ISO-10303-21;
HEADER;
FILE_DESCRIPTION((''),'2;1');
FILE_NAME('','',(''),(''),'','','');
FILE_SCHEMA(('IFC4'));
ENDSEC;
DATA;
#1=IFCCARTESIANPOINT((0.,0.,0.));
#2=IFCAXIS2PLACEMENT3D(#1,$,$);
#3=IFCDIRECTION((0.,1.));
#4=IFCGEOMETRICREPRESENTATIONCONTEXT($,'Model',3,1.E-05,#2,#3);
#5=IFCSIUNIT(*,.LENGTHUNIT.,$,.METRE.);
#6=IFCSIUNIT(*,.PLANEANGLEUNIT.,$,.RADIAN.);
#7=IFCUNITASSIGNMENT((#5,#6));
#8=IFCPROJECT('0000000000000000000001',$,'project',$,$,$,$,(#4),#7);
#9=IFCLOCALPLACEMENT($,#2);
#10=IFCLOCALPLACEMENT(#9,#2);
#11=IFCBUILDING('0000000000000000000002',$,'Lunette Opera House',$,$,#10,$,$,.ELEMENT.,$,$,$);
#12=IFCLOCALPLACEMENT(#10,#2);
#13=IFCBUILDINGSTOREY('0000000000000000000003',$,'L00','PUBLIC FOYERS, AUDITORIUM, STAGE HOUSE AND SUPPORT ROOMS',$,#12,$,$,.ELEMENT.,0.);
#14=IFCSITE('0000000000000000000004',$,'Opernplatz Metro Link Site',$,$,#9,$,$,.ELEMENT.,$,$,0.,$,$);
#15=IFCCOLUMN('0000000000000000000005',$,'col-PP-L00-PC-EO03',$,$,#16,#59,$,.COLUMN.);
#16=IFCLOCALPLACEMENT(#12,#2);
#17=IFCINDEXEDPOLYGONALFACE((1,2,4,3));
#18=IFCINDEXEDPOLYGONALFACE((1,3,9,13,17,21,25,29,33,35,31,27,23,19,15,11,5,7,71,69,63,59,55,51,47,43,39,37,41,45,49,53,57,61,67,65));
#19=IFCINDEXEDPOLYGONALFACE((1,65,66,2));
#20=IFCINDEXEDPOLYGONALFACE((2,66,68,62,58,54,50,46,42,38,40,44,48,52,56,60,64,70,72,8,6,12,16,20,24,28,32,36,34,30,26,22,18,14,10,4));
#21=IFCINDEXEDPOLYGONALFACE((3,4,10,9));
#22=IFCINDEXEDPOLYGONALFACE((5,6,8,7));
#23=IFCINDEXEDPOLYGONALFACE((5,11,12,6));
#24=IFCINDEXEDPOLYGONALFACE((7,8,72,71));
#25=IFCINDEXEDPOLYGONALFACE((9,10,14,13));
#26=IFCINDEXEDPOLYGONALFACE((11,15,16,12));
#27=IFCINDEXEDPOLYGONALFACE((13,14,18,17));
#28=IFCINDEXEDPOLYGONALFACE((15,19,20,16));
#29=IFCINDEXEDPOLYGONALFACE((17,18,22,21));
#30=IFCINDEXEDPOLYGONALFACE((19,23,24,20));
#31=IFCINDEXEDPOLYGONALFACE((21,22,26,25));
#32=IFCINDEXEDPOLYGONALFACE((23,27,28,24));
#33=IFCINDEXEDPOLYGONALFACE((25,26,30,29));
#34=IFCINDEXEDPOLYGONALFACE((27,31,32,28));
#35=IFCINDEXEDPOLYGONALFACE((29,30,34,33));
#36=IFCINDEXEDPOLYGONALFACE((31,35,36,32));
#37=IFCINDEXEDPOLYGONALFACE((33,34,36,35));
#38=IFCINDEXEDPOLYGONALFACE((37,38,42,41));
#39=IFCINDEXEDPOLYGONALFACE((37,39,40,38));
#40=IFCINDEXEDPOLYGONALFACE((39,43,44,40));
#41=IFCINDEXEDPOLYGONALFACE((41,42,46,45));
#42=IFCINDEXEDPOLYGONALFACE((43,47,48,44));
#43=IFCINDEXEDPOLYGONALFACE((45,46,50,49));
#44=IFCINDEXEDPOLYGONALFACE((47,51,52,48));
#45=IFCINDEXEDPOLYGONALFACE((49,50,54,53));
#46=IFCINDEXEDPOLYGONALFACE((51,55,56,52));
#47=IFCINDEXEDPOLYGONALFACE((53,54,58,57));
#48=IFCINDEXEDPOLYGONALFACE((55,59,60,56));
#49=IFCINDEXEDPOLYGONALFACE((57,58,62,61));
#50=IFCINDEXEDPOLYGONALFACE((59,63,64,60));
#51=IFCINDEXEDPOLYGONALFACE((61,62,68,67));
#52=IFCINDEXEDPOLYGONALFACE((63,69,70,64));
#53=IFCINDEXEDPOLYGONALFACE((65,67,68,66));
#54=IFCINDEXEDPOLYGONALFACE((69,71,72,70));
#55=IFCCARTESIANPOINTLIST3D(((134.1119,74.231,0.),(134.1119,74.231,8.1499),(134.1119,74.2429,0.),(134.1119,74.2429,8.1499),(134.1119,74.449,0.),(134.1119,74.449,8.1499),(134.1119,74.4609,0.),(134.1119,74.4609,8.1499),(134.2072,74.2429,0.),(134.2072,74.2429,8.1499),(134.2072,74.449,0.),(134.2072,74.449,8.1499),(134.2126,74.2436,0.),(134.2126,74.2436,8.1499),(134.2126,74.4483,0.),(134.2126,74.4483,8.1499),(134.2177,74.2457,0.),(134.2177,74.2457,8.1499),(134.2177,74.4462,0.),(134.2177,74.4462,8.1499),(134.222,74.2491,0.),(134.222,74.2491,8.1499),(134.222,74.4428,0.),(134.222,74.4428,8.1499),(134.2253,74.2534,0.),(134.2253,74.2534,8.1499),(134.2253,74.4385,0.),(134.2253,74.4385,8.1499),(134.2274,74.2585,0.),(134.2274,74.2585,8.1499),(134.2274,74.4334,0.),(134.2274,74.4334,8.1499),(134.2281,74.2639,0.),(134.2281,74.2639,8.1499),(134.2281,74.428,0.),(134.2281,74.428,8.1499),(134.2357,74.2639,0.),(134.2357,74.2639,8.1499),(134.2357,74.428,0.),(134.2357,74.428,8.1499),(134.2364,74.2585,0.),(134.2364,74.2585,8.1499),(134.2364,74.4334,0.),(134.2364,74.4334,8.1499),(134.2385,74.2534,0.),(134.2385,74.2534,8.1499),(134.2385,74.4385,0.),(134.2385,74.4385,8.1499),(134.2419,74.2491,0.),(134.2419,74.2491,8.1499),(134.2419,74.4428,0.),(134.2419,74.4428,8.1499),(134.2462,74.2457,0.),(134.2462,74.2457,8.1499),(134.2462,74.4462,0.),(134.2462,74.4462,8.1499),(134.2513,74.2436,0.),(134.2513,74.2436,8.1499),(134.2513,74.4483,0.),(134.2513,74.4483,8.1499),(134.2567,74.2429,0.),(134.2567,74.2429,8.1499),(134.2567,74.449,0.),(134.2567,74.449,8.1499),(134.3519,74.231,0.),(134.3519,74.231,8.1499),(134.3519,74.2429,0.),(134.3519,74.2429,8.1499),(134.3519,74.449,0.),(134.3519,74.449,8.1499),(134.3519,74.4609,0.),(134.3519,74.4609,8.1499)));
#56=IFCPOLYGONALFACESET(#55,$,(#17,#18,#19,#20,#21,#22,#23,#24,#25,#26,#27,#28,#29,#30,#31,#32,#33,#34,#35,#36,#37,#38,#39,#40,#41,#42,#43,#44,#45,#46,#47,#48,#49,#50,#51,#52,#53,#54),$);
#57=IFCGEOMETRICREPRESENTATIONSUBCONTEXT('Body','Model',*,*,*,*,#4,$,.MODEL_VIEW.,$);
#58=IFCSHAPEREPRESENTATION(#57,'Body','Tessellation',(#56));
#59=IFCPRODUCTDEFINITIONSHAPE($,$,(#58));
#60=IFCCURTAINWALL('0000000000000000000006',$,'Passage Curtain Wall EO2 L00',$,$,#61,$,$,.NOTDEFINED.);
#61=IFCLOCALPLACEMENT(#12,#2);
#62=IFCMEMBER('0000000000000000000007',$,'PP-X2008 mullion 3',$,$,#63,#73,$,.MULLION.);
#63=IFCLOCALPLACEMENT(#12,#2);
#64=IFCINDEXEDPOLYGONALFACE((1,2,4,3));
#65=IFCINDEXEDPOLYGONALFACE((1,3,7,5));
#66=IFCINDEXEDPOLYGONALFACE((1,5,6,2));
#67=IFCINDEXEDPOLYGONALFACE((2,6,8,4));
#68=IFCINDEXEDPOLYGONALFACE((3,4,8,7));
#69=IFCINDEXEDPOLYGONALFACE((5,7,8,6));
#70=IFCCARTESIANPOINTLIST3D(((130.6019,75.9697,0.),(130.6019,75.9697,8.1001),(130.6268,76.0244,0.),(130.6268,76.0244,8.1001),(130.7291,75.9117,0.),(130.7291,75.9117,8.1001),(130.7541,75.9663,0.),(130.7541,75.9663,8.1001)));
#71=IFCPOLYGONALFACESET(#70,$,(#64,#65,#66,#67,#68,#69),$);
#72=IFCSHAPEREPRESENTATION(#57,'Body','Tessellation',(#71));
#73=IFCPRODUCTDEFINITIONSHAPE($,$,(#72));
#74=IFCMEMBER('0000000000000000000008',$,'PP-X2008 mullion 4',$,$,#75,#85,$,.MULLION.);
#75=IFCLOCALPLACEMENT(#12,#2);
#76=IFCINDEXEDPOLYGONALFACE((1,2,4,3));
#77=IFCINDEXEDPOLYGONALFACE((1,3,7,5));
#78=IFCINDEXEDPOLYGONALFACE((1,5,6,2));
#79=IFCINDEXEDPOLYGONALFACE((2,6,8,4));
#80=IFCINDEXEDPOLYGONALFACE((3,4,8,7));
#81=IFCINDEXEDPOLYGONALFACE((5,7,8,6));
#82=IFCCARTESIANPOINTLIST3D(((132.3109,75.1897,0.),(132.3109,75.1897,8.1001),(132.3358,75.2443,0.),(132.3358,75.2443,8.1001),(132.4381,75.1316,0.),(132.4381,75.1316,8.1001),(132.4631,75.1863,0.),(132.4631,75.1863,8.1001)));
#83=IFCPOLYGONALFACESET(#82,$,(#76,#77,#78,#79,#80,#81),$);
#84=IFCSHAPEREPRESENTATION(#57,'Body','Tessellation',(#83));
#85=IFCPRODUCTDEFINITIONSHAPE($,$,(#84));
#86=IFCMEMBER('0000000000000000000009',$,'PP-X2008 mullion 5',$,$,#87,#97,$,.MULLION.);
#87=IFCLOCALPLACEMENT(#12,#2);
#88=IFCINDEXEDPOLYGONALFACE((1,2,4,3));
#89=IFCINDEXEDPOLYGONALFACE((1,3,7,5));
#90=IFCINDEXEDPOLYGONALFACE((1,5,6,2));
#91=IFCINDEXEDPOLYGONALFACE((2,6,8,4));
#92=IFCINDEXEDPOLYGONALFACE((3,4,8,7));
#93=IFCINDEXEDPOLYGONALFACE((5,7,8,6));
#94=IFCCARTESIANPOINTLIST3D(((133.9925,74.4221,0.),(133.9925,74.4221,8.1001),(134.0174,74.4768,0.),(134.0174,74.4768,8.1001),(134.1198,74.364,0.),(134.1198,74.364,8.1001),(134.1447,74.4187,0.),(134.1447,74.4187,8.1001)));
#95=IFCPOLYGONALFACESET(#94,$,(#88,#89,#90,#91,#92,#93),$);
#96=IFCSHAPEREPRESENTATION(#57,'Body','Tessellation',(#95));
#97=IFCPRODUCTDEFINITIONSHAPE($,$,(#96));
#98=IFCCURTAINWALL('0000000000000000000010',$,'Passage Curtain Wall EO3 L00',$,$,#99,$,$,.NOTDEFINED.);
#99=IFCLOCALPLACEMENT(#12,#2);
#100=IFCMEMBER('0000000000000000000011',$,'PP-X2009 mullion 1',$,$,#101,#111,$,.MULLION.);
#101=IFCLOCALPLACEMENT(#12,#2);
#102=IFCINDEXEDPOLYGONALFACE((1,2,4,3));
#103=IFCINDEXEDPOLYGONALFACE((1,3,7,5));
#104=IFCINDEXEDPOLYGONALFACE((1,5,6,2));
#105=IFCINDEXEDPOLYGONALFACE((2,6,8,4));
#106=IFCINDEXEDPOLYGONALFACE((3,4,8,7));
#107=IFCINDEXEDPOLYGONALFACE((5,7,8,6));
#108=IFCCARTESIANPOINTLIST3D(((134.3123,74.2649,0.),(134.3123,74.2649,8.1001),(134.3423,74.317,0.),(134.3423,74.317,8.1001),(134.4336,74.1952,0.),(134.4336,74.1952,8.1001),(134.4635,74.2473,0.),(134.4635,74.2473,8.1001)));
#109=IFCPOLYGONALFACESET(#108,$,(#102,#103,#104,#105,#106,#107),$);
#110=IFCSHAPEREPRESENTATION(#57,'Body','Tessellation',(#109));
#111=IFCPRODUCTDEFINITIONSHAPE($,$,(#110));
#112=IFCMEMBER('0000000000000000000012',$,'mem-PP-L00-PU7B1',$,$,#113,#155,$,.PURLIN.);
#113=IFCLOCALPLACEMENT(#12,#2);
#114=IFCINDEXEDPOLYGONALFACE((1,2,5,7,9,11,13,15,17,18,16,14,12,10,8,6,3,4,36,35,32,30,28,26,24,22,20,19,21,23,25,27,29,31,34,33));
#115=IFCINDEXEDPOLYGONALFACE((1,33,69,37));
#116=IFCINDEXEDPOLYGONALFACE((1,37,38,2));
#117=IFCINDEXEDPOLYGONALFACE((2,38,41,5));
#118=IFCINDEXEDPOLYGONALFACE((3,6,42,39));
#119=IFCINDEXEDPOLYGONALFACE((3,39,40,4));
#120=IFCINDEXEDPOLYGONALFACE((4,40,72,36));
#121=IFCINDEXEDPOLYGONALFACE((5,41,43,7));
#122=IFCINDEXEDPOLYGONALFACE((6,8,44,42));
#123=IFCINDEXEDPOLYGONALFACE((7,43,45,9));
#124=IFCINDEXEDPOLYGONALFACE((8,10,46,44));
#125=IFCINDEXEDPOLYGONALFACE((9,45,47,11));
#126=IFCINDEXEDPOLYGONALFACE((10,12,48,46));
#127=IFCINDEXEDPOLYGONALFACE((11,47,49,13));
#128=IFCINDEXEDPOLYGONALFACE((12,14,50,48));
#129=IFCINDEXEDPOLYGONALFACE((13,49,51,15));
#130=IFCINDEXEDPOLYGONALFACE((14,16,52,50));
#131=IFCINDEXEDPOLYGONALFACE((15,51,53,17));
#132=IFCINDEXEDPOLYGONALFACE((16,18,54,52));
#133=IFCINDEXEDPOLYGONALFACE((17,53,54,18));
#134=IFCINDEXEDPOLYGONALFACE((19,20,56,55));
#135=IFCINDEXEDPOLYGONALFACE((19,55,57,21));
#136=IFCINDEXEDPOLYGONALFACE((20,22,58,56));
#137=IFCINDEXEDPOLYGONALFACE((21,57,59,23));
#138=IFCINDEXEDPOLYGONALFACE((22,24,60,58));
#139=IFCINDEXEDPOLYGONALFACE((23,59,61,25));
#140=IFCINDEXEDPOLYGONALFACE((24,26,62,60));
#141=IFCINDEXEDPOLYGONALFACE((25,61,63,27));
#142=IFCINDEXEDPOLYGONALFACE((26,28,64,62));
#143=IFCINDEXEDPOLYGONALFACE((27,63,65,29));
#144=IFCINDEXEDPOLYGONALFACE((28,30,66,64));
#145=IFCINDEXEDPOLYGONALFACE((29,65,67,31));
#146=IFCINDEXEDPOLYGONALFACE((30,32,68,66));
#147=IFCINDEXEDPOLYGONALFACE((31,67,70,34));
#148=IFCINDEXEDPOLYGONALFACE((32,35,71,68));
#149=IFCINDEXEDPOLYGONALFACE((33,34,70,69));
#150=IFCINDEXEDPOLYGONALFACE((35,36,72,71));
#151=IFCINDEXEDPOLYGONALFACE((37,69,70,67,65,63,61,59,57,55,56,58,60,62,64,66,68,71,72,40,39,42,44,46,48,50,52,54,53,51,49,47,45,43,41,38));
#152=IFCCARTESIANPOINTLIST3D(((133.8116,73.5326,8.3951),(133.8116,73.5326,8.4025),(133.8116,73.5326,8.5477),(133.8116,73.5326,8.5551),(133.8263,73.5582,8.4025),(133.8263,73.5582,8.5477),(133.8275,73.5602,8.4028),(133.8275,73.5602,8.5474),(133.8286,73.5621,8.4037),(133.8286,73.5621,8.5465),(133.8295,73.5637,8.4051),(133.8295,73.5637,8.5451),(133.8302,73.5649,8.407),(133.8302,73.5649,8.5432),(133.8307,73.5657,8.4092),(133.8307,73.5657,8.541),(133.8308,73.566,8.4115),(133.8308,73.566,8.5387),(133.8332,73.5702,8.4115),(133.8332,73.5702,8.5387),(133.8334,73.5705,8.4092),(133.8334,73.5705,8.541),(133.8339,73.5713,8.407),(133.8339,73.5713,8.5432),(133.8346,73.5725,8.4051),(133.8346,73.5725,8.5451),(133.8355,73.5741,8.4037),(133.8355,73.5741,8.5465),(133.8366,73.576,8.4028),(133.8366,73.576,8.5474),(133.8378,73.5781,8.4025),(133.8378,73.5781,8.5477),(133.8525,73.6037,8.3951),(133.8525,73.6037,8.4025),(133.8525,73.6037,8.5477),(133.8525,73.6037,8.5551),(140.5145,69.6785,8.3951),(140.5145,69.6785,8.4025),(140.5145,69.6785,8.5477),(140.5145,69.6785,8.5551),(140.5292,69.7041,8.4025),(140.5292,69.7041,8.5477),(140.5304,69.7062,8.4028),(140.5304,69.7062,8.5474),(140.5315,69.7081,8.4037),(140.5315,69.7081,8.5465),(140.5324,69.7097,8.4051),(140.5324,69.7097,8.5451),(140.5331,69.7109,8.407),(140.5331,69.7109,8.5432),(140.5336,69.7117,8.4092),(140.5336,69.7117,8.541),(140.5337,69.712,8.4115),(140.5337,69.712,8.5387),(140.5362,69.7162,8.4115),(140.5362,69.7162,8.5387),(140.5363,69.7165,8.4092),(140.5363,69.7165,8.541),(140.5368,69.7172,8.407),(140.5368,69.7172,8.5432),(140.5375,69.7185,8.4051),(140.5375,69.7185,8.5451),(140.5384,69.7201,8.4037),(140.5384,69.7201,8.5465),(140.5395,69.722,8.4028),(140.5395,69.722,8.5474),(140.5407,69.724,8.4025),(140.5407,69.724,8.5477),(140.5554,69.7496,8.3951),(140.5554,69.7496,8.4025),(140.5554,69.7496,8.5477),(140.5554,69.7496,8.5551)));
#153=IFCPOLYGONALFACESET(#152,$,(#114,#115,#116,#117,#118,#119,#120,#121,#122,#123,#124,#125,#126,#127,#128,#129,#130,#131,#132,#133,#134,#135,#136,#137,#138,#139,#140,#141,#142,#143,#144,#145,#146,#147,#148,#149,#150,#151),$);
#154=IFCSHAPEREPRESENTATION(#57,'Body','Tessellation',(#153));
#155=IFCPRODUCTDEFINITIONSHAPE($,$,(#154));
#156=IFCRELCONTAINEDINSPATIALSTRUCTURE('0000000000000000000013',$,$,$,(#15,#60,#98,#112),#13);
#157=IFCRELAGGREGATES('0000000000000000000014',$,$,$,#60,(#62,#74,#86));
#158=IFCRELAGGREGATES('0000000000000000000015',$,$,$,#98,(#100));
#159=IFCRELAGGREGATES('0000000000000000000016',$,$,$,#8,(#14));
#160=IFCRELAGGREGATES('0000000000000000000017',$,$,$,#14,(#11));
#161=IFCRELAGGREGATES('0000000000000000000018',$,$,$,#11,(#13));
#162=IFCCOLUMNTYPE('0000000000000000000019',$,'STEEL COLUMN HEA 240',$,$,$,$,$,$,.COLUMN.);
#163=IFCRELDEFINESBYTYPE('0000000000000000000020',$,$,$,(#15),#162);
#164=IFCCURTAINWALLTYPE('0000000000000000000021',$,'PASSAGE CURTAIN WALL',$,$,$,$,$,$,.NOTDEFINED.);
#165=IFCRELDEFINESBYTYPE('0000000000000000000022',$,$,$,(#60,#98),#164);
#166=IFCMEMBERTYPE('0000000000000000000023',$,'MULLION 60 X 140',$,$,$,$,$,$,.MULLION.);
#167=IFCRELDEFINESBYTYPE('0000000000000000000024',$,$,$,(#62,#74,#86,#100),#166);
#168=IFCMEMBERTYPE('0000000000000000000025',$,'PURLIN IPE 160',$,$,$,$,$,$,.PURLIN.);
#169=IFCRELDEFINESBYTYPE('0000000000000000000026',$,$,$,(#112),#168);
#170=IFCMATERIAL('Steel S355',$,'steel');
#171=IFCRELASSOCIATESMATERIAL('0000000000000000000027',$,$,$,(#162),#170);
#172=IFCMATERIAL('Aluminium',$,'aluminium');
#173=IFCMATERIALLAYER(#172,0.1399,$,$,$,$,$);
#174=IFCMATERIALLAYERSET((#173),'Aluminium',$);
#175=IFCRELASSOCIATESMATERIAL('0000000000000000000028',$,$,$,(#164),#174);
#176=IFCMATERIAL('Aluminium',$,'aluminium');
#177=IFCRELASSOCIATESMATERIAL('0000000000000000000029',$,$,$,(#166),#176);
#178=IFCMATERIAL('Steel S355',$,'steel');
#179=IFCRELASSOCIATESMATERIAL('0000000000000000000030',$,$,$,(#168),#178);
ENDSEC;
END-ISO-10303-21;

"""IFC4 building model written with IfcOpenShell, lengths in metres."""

from ifc_helpers import new_model, si_unit, direction, frame, origin, origin_2d, place, context, subcontext, project, spatial, rectangle, i_section, extrude, material, layer, layer_set, material_profile, profile_set, type_object, element, aggregate, save


model = new_model("IFC4")

# Units and contexts
model_context = context("Model", 3, precision=1e-05, world=origin(), true_north=direction((0.0, 1.0)))
body_context = subcontext(model_context, "Body", "Model", "MODEL_VIEW")
ifc_project = project(units=[si_unit("LENGTHUNIT", "METRE"), si_unit("PLANEANGLEUNIT", "RADIAN")], contexts=[model_context])

# Site, building, storey
site_placement = place(None, origin())
site = spatial("IfcSite", under=ifc_project, at=site_placement, Name="Opernplatz Metro Link Site", CompositionType="ELEMENT", RefElevation=0.0)
building_placement = place(site_placement, origin())
building = spatial("IfcBuilding", under=site, at=building_placement, Name="Lunette Opera House", CompositionType="ELEMENT")
storey_placement = place(building_placement, origin())
storey = spatial("IfcBuildingStorey", under=building, at=storey_placement, Name="L00", Description="PUBLIC FOYERS, AUDITORIUM, STAGE HOUSE AND SUPPORT ROOMS", CompositionType="ELEMENT", Elevation=0.0)

# Column
ifc_material_1 = material(Name="Steel S355", Category="steel")
ifc_material_profile_1 = material_profile(ifc_material_1, i_section(OverallWidth=0.24, OverallDepth=0.23, WebThickness=0.0076, FlangeThickness=0.012, FilletRadius=0.021, at=origin_2d()), Name="HEA 240")
ifc_profile_set_1 = profile_set([ifc_material_profile_1], Name="Steel S355")
column_type = type_object("IfcColumnType", Name="STEEL COLUMN HEA 240", PredefinedType="COLUMN", material=ifc_profile_set_1)
column_placement = place(storey_placement, frame((134.2319, 74.3459, 0.0), z_axis=(0.0, 0.0, 1.0), x_axis=(1.0, 0.0, 0.0)))
element("IfcColumn", 1, at=column_placement, inside=storey, type_object=column_type, Name="col-PP-L00-PC-EO03", PredefinedType="COLUMN", context=body_context, shape_type="SweptSolid", body=[
    extrude(i_section(OverallWidth=0.24, OverallDepth=0.23, WebThickness=0.0076, FlangeThickness=0.012, FilletRadius=0.021, at=origin_2d()), origin(), (0.0, 0.0, 1.0), 8.1499),
])

# Curtain wall, members
ifc_material_2 = material(Name="Aluminium", Category="aluminium")
ifc_layer_1 = layer(ifc_material_2, 0.1399)
ifc_layer_set_1 = layer_set([ifc_layer_1], Name="Aluminium")
curtain_wall_type = type_object("IfcCurtainWallType", Name="PASSAGE CURTAIN WALL", PredefinedType="NOTDEFINED", material=ifc_layer_set_1)
curtain_wall_1_placement = place(storey_placement, origin())
curtain_wall_1 = element("IfcCurtainWall", 2, at=curtain_wall_1_placement, inside=storey, type_object=curtain_wall_type, Name="Passage Curtain Wall EO2 L00", PredefinedType="NOTDEFINED")
ifc_material_3 = material(Name="Aluminium", Category="aluminium")
ifc_material_profile_2 = material_profile(ifc_material_3, rectangle(XDim=0.0601, YDim=0.1399, at=origin_2d()), Name="MULLION 60 X 140")
ifc_profile_set_2 = profile_set([ifc_material_profile_2], Name="Aluminium")
member_type_1 = type_object("IfcMemberType", Name="MULLION 60 X 140", PredefinedType="MULLION", material=ifc_profile_set_2)
member_1_placement = place(storey_placement, frame((130.678, 75.968, 0.0), z_axis=(0.0, 0.0, 1.0), x_axis=(0.415206, 0.909727, 0.0)))
member_1 = element("IfcMember", 3, at=member_1_placement, type_object=member_type_1, Name="PP-X2008 mullion 3", PredefinedType="MULLION", context=body_context, shape_type="SweptSolid", body=[
    extrude(rectangle(XDim=0.0601, YDim=0.1399, at=origin_2d()), origin(), (0.0, 0.0, 1.0), 8.1001),
])
member_2_placement = place(storey_placement, frame((132.387, 75.188, 0.0), z_axis=(0.0, 0.0, 1.0), x_axis=(0.415206, 0.909727, 0.0)))
member_2 = element("IfcMember", 4, at=member_2_placement, type_object=member_type_1, Name="PP-X2008 mullion 4", PredefinedType="MULLION", context=body_context, shape_type="SweptSolid", body=[
    extrude(rectangle(XDim=0.0601, YDim=0.1399, at=origin_2d()), origin(), (0.0, 0.0, 1.0), 8.1001),
])
member_3_placement = place(storey_placement, frame((134.0686, 74.4204, 0.0), z_axis=(0.0, 0.0, 1.0), x_axis=(0.415206, 0.909727, 0.0)))
member_3 = element("IfcMember", 5, at=member_3_placement, type_object=member_type_1, Name="PP-X2008 mullion 5", PredefinedType="MULLION", context=body_context, shape_type="SweptSolid", body=[
    extrude(rectangle(XDim=0.0601, YDim=0.1399, at=origin_2d()), origin(), (0.0, 0.0, 1.0), 8.1001),
])

# Curtain wall, member
curtain_wall_2_placement = place(storey_placement, origin())
curtain_wall_2 = element("IfcCurtainWall", 6, at=curtain_wall_2_placement, inside=storey, type_object=curtain_wall_type, Name="Passage Curtain Wall EO3 L00", PredefinedType="NOTDEFINED")
member_4_placement = place(storey_placement, frame((134.3879, 74.2561, 0.0), z_axis=(0.0, 0.0, 1.0), x_axis=(0.498416, 0.866938, 0.0)))
member_4 = element("IfcMember", 7, at=member_4_placement, type_object=member_type_1, Name="PP-X2009 mullion 1", PredefinedType="MULLION", context=body_context, shape_type="SweptSolid", body=[
    extrude(rectangle(XDim=0.0601, YDim=0.1399, at=origin_2d()), origin(), (0.0, 0.0, 1.0), 8.1001),
])

# Member
ifc_material_4 = material(Name="Steel S355", Category="steel")
ifc_material_profile_3 = material_profile(ifc_material_4, i_section(OverallWidth=0.082, OverallDepth=0.1599, WebThickness=0.0049, FlangeThickness=0.0073, FilletRadius=0.009, at=origin_2d()), Name="IPE 160")
ifc_profile_set_3 = profile_set([ifc_material_profile_3], Name="Steel S355")
member_type_2 = type_object("IfcMemberType", Name="PURLIN IPE 160", PredefinedType="PURLIN", material=ifc_profile_set_3)
member_5_placement = place(storey_placement, frame((133.832, 73.5681, 8.4751), z_axis=(0.866915, -0.498456, 0.0), x_axis=(0.498456, 0.866915, 0.0)))
element("IfcMember", 8, at=member_5_placement, inside=storey, type_object=member_type_2, Name="mem-PP-L00-PU7B1", PredefinedType="PURLIN", context=body_context, shape_type="SweptSolid", body=[
    extrude(i_section(OverallWidth=0.082, OverallDepth=0.1599, WebThickness=0.0049, FlangeThickness=0.0073, FilletRadius=0.009, at=origin_2d()), origin(), (0.0, 0.0, 1.0), 7.7319),
])

aggregate(curtain_wall_1, [member_1, member_2, member_3])
aggregate(curtain_wall_2, [member_4])

save(model, "model.ifc")
